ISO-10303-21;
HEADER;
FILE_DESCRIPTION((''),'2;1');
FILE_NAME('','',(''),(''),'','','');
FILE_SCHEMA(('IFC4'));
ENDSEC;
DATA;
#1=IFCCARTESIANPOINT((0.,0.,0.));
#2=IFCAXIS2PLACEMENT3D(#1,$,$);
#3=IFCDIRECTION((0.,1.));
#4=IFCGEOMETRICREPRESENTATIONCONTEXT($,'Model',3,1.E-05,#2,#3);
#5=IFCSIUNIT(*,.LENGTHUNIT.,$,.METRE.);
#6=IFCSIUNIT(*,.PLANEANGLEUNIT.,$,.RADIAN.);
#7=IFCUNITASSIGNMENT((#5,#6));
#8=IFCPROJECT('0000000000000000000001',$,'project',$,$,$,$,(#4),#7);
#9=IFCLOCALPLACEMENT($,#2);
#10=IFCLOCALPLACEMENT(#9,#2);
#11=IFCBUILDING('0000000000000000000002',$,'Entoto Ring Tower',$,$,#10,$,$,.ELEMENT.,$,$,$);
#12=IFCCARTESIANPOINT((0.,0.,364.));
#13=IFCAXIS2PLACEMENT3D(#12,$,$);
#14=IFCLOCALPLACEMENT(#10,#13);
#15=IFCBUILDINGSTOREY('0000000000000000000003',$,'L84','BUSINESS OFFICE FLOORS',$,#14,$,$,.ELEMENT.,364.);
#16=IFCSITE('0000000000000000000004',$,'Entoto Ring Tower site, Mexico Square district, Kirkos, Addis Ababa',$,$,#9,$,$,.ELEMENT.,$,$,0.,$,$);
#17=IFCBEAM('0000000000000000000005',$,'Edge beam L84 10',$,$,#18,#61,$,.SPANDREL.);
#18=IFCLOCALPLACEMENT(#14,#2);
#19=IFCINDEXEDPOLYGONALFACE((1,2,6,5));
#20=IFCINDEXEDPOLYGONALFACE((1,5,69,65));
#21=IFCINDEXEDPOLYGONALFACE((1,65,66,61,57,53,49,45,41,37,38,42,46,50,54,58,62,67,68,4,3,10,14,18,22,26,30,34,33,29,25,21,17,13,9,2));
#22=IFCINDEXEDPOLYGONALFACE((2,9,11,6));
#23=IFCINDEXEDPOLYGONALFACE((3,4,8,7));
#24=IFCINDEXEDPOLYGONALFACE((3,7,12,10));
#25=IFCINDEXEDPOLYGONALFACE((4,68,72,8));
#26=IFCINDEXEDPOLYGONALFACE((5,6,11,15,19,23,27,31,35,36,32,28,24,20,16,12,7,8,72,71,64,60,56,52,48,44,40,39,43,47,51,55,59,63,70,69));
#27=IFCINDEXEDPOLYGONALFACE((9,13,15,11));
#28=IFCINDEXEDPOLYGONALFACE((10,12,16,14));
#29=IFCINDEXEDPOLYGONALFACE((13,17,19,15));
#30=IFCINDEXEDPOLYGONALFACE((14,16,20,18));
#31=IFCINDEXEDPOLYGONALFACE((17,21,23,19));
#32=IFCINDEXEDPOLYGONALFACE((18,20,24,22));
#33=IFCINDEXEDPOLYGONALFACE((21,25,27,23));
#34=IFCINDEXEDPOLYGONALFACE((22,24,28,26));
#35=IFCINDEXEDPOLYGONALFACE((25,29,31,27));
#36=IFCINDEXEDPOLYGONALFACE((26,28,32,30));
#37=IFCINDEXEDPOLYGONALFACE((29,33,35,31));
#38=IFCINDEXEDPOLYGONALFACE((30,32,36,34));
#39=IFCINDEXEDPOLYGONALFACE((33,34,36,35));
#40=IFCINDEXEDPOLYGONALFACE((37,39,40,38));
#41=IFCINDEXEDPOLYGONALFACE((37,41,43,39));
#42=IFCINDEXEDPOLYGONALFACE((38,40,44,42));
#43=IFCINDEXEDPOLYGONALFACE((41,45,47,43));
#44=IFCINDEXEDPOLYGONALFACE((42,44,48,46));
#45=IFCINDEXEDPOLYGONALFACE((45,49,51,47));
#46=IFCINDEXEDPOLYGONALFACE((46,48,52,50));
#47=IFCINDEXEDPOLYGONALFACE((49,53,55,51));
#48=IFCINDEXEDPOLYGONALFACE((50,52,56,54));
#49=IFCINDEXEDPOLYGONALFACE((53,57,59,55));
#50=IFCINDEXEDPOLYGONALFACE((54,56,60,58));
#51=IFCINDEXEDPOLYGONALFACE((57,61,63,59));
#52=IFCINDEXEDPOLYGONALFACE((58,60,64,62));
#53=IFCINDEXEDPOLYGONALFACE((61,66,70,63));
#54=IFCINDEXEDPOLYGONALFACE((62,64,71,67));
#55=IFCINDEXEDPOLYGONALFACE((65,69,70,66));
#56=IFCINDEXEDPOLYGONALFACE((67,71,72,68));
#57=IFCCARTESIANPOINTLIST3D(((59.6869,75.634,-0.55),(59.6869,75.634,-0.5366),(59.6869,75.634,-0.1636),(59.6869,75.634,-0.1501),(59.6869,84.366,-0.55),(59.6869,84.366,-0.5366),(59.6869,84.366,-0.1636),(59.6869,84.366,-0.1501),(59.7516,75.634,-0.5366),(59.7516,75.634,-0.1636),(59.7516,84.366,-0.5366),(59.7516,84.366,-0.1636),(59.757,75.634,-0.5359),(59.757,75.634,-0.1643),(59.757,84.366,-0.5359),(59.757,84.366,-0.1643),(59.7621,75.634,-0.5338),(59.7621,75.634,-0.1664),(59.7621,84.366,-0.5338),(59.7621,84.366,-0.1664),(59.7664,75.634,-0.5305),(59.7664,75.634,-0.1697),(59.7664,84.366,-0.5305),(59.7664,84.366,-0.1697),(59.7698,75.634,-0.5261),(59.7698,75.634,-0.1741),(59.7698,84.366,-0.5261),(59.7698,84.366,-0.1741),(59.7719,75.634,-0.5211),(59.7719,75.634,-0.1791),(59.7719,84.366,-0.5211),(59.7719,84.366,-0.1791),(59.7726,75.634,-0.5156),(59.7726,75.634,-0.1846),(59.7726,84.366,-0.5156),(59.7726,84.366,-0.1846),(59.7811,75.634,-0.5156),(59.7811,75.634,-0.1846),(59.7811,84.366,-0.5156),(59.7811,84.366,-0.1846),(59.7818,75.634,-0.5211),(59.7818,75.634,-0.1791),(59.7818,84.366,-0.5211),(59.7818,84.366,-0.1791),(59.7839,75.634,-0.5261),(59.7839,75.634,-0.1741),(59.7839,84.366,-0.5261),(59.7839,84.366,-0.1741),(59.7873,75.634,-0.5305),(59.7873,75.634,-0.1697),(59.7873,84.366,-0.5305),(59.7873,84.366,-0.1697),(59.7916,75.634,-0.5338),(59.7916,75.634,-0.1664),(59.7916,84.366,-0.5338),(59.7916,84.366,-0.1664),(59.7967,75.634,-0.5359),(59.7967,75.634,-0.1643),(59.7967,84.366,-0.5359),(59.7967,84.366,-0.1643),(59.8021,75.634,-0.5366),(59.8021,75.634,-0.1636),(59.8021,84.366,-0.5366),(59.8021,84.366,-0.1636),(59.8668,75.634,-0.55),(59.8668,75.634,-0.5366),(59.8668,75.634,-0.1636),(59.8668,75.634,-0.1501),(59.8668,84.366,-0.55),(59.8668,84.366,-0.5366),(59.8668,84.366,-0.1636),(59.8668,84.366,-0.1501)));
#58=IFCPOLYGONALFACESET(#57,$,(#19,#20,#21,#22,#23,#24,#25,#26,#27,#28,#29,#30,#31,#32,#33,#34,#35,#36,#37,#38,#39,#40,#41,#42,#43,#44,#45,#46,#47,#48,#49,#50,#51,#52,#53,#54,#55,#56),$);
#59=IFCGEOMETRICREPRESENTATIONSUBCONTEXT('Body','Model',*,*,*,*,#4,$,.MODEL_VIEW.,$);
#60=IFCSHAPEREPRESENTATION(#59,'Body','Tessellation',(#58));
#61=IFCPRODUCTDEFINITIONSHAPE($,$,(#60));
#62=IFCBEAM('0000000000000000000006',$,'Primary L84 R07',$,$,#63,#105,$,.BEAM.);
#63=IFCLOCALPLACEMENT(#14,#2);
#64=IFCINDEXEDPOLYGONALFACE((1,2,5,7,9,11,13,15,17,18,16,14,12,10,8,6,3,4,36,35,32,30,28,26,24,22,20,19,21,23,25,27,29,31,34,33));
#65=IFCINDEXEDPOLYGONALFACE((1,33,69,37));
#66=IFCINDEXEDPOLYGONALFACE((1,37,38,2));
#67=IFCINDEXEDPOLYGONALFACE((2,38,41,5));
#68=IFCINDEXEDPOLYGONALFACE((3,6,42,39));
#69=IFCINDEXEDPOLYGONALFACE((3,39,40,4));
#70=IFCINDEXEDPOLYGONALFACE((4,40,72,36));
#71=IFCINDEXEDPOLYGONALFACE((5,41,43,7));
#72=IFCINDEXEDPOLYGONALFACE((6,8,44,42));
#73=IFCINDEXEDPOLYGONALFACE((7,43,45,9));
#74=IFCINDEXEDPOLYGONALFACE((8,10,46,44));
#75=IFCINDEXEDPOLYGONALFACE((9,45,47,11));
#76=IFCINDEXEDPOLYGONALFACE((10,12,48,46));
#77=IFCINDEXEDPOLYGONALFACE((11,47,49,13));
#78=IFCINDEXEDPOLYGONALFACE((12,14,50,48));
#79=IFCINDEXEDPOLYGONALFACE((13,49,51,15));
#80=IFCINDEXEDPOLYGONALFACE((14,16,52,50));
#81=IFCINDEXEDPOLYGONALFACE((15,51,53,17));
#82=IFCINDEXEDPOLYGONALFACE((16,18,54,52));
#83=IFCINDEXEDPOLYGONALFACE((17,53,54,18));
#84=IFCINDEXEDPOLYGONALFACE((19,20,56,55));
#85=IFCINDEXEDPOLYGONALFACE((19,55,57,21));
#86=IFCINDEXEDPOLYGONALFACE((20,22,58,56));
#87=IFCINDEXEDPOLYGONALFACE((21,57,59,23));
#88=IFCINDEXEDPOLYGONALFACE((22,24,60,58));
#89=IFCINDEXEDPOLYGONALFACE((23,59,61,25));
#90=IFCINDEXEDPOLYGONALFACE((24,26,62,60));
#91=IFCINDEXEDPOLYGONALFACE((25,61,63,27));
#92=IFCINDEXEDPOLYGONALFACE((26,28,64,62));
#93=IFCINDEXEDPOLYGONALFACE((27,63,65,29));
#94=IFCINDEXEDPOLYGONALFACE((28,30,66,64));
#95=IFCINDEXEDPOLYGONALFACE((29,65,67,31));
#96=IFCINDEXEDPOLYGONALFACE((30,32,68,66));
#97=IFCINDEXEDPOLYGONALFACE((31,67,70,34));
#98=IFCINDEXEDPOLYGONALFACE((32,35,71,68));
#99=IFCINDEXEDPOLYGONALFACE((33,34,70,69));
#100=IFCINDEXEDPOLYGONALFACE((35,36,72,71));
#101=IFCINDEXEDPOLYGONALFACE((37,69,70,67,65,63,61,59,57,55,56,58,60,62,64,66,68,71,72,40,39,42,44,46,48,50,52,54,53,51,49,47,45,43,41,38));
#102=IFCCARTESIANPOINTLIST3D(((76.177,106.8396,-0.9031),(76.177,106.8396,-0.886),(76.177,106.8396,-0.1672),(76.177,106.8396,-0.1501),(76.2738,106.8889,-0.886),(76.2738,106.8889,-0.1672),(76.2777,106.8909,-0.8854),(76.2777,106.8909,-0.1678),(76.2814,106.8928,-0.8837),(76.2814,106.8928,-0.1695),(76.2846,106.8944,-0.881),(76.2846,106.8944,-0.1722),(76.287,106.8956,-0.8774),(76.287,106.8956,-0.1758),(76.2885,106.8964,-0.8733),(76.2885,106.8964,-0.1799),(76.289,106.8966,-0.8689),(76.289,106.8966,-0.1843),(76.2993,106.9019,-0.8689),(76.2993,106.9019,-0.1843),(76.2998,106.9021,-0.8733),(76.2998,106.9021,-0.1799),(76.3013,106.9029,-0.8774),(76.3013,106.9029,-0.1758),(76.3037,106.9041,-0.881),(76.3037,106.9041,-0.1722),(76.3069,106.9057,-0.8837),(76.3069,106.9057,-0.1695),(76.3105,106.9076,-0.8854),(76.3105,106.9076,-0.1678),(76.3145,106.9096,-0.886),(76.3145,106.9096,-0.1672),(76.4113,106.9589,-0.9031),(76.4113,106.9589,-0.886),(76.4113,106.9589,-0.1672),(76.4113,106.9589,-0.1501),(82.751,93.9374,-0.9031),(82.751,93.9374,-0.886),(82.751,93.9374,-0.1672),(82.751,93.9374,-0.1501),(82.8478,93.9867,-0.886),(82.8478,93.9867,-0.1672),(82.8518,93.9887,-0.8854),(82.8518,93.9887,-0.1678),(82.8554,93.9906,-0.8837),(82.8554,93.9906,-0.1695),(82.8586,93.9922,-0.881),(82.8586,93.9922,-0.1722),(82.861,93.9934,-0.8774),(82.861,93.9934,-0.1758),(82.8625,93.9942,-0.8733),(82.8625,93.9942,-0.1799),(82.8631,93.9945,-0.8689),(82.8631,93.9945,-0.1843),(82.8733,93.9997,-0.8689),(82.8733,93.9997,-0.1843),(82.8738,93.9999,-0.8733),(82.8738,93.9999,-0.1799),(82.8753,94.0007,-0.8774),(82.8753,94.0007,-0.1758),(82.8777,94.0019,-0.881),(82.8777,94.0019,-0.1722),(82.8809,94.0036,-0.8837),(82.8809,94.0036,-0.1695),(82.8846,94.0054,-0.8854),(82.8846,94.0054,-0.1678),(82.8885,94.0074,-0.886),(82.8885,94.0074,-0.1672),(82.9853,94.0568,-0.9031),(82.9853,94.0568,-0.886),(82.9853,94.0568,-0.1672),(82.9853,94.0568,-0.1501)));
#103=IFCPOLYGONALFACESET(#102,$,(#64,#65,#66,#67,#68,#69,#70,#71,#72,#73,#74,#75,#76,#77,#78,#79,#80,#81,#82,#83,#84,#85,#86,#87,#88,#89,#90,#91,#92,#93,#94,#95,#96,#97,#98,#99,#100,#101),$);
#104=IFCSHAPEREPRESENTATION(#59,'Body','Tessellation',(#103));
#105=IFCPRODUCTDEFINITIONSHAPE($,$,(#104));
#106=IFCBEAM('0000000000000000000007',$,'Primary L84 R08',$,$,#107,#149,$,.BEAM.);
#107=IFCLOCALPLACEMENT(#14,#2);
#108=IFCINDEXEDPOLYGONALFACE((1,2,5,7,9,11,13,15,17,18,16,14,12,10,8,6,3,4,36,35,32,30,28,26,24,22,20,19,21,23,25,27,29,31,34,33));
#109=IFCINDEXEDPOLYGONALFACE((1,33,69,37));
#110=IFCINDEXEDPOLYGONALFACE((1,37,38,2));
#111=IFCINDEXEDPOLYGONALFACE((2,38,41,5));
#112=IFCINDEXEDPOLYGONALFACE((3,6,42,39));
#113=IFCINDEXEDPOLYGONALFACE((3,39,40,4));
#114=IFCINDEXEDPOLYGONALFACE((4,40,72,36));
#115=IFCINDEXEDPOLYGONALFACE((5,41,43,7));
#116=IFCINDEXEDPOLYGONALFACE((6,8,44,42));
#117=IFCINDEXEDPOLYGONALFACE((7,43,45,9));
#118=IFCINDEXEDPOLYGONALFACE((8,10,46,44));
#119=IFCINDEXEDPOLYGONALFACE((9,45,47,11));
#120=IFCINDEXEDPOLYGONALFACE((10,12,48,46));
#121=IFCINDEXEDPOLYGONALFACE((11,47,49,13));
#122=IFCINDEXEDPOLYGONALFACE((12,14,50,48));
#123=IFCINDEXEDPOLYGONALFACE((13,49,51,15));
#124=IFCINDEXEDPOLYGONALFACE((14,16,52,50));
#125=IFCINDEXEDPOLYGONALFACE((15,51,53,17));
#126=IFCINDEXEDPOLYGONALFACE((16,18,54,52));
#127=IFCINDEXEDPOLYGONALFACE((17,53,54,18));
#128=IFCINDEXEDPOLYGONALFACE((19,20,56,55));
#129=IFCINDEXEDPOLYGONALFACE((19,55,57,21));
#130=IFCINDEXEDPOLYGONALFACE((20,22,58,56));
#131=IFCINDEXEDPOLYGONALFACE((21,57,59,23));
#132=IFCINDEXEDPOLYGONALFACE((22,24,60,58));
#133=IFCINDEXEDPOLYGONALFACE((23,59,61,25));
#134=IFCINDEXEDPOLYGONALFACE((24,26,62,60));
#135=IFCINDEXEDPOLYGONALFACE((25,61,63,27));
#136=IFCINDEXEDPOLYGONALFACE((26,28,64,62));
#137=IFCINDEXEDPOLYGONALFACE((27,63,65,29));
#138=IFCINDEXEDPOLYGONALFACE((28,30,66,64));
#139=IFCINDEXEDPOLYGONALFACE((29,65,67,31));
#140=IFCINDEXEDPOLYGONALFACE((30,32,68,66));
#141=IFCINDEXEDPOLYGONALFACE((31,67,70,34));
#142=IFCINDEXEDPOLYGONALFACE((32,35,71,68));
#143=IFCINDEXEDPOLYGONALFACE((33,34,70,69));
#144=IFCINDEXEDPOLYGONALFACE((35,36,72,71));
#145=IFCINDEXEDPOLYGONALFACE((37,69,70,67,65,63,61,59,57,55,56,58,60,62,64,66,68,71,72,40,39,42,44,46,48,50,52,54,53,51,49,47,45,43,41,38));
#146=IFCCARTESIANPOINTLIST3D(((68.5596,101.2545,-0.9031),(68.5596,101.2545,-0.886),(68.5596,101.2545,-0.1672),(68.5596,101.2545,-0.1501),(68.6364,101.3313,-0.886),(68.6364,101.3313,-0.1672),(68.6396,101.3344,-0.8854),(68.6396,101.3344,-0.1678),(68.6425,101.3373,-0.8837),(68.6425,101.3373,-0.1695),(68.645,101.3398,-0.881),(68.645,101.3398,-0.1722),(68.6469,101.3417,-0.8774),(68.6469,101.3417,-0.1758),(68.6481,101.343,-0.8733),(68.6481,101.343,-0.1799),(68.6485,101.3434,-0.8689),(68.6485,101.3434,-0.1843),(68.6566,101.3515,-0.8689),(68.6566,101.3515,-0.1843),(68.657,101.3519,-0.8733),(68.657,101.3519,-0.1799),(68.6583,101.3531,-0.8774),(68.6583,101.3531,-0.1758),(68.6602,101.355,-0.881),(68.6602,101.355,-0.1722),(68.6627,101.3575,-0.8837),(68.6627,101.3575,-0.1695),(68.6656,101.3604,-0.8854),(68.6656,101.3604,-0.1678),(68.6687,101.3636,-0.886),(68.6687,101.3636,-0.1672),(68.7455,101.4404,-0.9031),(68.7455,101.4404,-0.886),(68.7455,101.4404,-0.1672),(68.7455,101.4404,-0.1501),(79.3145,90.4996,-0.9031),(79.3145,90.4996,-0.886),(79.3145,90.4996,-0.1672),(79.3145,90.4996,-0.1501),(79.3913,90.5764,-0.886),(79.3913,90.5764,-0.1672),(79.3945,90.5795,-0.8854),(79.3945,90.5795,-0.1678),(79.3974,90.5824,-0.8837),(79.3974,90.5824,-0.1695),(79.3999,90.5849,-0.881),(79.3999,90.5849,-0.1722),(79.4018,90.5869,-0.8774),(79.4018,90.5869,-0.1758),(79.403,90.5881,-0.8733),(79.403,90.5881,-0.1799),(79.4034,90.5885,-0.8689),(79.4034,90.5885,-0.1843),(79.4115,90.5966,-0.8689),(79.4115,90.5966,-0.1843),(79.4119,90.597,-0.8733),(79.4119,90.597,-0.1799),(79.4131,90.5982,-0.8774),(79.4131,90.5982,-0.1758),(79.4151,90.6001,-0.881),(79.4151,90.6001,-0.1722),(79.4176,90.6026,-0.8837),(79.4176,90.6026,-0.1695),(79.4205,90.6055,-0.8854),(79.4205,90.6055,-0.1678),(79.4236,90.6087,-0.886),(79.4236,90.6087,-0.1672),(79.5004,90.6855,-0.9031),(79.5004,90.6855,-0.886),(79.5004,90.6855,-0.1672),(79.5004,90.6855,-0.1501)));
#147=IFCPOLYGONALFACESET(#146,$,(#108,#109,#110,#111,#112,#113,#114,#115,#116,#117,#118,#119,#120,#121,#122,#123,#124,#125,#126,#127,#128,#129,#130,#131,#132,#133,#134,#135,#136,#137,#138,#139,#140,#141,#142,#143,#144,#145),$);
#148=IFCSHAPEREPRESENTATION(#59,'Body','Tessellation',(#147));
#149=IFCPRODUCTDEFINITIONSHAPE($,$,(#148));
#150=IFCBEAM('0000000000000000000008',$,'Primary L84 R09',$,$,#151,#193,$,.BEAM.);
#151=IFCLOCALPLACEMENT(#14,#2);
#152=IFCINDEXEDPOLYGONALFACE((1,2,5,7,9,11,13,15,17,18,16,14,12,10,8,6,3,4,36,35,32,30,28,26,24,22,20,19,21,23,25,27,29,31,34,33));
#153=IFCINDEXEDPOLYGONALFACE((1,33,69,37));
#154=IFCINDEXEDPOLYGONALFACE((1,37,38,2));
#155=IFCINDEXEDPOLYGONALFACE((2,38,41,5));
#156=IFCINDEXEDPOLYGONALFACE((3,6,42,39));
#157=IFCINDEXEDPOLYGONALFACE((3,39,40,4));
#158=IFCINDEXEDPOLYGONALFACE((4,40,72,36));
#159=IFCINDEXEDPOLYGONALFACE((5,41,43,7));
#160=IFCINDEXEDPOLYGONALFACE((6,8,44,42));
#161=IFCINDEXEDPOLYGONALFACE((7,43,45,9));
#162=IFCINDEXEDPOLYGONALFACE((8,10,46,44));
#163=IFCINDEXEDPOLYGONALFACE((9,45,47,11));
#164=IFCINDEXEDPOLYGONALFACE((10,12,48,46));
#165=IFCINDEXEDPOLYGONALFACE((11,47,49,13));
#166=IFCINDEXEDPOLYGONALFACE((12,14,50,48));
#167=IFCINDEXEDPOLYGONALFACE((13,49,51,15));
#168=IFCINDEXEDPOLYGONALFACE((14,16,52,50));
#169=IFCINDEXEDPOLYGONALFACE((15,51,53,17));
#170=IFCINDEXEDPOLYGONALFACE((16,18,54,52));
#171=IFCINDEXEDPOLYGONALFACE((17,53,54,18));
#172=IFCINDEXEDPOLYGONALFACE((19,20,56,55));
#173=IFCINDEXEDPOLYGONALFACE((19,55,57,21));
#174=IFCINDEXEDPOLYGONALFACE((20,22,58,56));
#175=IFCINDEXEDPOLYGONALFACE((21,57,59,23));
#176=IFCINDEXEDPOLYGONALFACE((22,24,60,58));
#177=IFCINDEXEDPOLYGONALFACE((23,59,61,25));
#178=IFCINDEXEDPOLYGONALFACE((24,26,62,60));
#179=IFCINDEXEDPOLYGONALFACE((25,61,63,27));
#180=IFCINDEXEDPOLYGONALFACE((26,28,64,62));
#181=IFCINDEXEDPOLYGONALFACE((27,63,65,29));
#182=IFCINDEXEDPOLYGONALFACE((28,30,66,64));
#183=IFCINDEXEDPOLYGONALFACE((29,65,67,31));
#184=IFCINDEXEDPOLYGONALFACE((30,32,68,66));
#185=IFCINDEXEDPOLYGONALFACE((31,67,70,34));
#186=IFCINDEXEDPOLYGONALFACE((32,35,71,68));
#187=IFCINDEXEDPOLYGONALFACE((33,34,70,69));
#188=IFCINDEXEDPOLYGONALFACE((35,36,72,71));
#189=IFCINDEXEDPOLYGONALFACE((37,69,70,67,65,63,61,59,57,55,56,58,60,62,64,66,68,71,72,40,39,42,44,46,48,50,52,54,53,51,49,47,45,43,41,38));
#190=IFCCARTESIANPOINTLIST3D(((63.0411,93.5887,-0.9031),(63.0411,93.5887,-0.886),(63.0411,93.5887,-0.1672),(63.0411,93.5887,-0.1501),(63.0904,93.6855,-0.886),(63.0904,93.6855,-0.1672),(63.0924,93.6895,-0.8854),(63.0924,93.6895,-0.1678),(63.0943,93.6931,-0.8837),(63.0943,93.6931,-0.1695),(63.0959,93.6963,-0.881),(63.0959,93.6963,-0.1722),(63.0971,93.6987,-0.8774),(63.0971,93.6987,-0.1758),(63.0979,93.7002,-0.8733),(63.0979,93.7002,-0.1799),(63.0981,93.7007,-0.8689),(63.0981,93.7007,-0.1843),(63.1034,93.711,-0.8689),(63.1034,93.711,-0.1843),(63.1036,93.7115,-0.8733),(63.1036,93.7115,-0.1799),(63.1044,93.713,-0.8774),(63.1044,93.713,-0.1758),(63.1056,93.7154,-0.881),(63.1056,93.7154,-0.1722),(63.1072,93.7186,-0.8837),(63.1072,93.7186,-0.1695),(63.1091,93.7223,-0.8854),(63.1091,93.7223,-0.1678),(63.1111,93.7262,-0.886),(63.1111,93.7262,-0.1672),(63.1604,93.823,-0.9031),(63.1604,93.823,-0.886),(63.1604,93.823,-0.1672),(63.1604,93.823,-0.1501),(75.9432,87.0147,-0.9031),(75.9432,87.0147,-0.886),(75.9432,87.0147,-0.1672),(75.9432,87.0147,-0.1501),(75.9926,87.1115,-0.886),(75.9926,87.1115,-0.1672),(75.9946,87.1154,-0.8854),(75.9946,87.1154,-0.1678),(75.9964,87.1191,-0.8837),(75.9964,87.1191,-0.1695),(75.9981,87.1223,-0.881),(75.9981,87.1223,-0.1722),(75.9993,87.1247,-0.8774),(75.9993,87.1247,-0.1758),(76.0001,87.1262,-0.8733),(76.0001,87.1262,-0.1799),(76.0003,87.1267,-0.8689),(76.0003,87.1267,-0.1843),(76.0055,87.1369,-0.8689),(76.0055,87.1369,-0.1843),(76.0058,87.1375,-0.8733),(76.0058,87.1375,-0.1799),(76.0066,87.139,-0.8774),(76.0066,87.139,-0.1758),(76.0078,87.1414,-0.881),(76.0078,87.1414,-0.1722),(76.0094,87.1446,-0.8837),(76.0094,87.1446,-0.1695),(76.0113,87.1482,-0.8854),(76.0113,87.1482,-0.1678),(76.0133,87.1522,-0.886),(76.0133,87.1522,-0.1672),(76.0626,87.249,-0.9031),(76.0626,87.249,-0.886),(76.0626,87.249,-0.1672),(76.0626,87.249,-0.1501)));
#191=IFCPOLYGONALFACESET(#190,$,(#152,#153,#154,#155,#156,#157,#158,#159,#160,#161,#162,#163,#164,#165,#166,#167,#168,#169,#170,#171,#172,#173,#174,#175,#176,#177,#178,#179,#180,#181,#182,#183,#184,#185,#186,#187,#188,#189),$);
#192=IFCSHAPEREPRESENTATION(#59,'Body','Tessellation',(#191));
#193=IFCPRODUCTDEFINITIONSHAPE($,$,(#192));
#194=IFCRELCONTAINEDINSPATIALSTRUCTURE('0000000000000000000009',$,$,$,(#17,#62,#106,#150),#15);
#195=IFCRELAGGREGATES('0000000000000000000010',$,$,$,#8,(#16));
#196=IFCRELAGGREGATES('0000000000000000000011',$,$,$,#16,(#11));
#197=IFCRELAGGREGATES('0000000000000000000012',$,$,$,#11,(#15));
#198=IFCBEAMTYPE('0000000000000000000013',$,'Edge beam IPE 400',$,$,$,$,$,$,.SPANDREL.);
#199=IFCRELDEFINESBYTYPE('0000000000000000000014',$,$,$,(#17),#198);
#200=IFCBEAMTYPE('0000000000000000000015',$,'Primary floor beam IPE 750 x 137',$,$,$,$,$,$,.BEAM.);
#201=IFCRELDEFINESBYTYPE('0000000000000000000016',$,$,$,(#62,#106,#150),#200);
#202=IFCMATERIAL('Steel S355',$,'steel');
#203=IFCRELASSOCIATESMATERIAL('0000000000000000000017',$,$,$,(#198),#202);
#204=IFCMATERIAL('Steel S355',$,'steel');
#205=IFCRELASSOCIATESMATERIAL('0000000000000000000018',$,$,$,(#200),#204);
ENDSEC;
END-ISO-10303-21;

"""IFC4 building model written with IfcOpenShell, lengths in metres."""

from ifc_helpers import new_model, si_unit, direction, frame, origin, origin_2d, place, context, subcontext, project, spatial, i_section, extrude, material, material_profile, profile_set, type_object, element, save


model = new_model("IFC4")

# Units and contexts
model_context = context("Model", 3, precision=1e-05, world=origin(), true_north=direction((0.0, 1.0)))
body_context = subcontext(model_context, "Body", "Model", "MODEL_VIEW")
ifc_project = project(units=[si_unit("LENGTHUNIT", "METRE"), si_unit("PLANEANGLEUNIT", "RADIAN")], contexts=[model_context])

# Site, building, storey
site_placement = place(None, origin())
site = spatial("IfcSite", under=ifc_project, at=site_placement, Name="Entoto Ring Tower site, Mexico Square district, Kirkos, Addis Ababa", CompositionType="ELEMENT", RefElevation=0.0)
building_placement = place(site_placement, origin())
building = spatial("IfcBuilding", under=site, at=building_placement, Name="Entoto Ring Tower", CompositionType="ELEMENT")
storey_placement = place(building_placement, frame((0.0, 0.0, 364.0)))
storey = spatial("IfcBuildingStorey", under=building, at=storey_placement, Name="L84", Description="BUSINESS OFFICE FLOORS", CompositionType="ELEMENT", Elevation=364.0)

# Beams
ifc_material_1 = material(Name="Steel S355", Category="steel")
ifc_material_profile_1 = material_profile(ifc_material_1, i_section(OverallWidth=0.1799, OverallDepth=0.3999, WebThickness=0.0085, FlangeThickness=0.0134, FilletRadius=0.021, at=origin_2d()), Name="IPE 400")
ifc_profile_set_1 = profile_set([ifc_material_profile_1], Name="Steel S355")
beam_type_1 = type_object("IfcBeamType", Name="Edge beam IPE 400", PredefinedType="SPANDREL", material=ifc_profile_set_1)
beam_1_placement = place(storey_placement, frame((59.7769, 84.366, -0.3501), z_axis=(0.0, -1.0, 0.0), x_axis=(1.0, 0.0, 0.0)))
element("IfcBeam", 1, at=beam_1_placement, inside=storey, type_object=beam_type_1, Name="Edge beam L84 10", PredefinedType="SPANDREL", context=body_context, shape_type="SweptSolid", body=[
    extrude(i_section(OverallWidth=0.1799, OverallDepth=0.3999, WebThickness=0.0085, FlangeThickness=0.0134, FilletRadius=0.021, at=origin_2d()), origin(), (0.0, 0.0, 1.0), 8.7319),
])
ifc_material_2 = material(Name="Steel S355", Category="steel")
ifc_material_profile_2 = material_profile(ifc_material_2, i_section(OverallWidth=0.2629, OverallDepth=0.7529, WebThickness=0.0115, FlangeThickness=0.0171, FilletRadius=0.0171, at=origin_2d()), Name="IPE 750 x 137")
ifc_profile_set_2 = profile_set([ifc_material_profile_2], Name="Steel S355")
beam_type_2 = type_object("IfcBeamType", Name="Primary floor beam IPE 750 x 137", PredefinedType="BEAM", material=ifc_profile_set_2)
beam_2_placement = place(storey_placement, frame((82.8682, 93.9971, -0.5266), z_axis=(-0.453992, 0.891006, 0.0), x_axis=(-0.891006, -0.453992, 0.0)))
element("IfcBeam", 2, at=beam_2_placement, inside=storey, type_object=beam_type_2, Name="Primary L84 R07", PredefinedType="BEAM", context=body_context, shape_type="SweptSolid", body=[
    extrude(i_section(OverallWidth=0.2629, OverallDepth=0.7529, WebThickness=0.0115, FlangeThickness=0.0171, FilletRadius=0.0171, at=origin_2d()), origin(), (0.0, 0.0, 1.0), 14.4805),
])
beam_3_placement = place(storey_placement, frame((79.4075, 90.5925, -0.5266), z_axis=(-0.707107, 0.707107, 0.0), x_axis=(-0.707107, -0.707107, 0.0)))
element("IfcBeam", 3, at=beam_3_placement, inside=storey, type_object=beam_type_2, Name="Primary L84 R08", PredefinedType="BEAM", context=body_context, shape_type="SweptSolid", body=[
    extrude(i_section(OverallWidth=0.2629, OverallDepth=0.7529, WebThickness=0.0115, FlangeThickness=0.0171, FilletRadius=0.0171, at=origin_2d()), origin(), (0.0, 0.0, 1.0), 15.2097),
])
beam_4_placement = place(storey_placement, frame((76.0029, 87.1318, -0.5266), z_axis=(-0.891006, 0.453992, 0.0), x_axis=(-0.453992, -0.891006, 0.0)))
element("IfcBeam", 4, at=beam_4_placement, inside=storey, type_object=beam_type_2, Name="Primary L84 R09", PredefinedType="BEAM", context=body_context, shape_type="SweptSolid", body=[
    extrude(i_section(OverallWidth=0.2629, OverallDepth=0.7529, WebThickness=0.0115, FlangeThickness=0.0171, FilletRadius=0.0171, at=origin_2d()), origin(), (0.0, 0.0, 1.0), 14.4805),
])

save(model, "model.ifc")
